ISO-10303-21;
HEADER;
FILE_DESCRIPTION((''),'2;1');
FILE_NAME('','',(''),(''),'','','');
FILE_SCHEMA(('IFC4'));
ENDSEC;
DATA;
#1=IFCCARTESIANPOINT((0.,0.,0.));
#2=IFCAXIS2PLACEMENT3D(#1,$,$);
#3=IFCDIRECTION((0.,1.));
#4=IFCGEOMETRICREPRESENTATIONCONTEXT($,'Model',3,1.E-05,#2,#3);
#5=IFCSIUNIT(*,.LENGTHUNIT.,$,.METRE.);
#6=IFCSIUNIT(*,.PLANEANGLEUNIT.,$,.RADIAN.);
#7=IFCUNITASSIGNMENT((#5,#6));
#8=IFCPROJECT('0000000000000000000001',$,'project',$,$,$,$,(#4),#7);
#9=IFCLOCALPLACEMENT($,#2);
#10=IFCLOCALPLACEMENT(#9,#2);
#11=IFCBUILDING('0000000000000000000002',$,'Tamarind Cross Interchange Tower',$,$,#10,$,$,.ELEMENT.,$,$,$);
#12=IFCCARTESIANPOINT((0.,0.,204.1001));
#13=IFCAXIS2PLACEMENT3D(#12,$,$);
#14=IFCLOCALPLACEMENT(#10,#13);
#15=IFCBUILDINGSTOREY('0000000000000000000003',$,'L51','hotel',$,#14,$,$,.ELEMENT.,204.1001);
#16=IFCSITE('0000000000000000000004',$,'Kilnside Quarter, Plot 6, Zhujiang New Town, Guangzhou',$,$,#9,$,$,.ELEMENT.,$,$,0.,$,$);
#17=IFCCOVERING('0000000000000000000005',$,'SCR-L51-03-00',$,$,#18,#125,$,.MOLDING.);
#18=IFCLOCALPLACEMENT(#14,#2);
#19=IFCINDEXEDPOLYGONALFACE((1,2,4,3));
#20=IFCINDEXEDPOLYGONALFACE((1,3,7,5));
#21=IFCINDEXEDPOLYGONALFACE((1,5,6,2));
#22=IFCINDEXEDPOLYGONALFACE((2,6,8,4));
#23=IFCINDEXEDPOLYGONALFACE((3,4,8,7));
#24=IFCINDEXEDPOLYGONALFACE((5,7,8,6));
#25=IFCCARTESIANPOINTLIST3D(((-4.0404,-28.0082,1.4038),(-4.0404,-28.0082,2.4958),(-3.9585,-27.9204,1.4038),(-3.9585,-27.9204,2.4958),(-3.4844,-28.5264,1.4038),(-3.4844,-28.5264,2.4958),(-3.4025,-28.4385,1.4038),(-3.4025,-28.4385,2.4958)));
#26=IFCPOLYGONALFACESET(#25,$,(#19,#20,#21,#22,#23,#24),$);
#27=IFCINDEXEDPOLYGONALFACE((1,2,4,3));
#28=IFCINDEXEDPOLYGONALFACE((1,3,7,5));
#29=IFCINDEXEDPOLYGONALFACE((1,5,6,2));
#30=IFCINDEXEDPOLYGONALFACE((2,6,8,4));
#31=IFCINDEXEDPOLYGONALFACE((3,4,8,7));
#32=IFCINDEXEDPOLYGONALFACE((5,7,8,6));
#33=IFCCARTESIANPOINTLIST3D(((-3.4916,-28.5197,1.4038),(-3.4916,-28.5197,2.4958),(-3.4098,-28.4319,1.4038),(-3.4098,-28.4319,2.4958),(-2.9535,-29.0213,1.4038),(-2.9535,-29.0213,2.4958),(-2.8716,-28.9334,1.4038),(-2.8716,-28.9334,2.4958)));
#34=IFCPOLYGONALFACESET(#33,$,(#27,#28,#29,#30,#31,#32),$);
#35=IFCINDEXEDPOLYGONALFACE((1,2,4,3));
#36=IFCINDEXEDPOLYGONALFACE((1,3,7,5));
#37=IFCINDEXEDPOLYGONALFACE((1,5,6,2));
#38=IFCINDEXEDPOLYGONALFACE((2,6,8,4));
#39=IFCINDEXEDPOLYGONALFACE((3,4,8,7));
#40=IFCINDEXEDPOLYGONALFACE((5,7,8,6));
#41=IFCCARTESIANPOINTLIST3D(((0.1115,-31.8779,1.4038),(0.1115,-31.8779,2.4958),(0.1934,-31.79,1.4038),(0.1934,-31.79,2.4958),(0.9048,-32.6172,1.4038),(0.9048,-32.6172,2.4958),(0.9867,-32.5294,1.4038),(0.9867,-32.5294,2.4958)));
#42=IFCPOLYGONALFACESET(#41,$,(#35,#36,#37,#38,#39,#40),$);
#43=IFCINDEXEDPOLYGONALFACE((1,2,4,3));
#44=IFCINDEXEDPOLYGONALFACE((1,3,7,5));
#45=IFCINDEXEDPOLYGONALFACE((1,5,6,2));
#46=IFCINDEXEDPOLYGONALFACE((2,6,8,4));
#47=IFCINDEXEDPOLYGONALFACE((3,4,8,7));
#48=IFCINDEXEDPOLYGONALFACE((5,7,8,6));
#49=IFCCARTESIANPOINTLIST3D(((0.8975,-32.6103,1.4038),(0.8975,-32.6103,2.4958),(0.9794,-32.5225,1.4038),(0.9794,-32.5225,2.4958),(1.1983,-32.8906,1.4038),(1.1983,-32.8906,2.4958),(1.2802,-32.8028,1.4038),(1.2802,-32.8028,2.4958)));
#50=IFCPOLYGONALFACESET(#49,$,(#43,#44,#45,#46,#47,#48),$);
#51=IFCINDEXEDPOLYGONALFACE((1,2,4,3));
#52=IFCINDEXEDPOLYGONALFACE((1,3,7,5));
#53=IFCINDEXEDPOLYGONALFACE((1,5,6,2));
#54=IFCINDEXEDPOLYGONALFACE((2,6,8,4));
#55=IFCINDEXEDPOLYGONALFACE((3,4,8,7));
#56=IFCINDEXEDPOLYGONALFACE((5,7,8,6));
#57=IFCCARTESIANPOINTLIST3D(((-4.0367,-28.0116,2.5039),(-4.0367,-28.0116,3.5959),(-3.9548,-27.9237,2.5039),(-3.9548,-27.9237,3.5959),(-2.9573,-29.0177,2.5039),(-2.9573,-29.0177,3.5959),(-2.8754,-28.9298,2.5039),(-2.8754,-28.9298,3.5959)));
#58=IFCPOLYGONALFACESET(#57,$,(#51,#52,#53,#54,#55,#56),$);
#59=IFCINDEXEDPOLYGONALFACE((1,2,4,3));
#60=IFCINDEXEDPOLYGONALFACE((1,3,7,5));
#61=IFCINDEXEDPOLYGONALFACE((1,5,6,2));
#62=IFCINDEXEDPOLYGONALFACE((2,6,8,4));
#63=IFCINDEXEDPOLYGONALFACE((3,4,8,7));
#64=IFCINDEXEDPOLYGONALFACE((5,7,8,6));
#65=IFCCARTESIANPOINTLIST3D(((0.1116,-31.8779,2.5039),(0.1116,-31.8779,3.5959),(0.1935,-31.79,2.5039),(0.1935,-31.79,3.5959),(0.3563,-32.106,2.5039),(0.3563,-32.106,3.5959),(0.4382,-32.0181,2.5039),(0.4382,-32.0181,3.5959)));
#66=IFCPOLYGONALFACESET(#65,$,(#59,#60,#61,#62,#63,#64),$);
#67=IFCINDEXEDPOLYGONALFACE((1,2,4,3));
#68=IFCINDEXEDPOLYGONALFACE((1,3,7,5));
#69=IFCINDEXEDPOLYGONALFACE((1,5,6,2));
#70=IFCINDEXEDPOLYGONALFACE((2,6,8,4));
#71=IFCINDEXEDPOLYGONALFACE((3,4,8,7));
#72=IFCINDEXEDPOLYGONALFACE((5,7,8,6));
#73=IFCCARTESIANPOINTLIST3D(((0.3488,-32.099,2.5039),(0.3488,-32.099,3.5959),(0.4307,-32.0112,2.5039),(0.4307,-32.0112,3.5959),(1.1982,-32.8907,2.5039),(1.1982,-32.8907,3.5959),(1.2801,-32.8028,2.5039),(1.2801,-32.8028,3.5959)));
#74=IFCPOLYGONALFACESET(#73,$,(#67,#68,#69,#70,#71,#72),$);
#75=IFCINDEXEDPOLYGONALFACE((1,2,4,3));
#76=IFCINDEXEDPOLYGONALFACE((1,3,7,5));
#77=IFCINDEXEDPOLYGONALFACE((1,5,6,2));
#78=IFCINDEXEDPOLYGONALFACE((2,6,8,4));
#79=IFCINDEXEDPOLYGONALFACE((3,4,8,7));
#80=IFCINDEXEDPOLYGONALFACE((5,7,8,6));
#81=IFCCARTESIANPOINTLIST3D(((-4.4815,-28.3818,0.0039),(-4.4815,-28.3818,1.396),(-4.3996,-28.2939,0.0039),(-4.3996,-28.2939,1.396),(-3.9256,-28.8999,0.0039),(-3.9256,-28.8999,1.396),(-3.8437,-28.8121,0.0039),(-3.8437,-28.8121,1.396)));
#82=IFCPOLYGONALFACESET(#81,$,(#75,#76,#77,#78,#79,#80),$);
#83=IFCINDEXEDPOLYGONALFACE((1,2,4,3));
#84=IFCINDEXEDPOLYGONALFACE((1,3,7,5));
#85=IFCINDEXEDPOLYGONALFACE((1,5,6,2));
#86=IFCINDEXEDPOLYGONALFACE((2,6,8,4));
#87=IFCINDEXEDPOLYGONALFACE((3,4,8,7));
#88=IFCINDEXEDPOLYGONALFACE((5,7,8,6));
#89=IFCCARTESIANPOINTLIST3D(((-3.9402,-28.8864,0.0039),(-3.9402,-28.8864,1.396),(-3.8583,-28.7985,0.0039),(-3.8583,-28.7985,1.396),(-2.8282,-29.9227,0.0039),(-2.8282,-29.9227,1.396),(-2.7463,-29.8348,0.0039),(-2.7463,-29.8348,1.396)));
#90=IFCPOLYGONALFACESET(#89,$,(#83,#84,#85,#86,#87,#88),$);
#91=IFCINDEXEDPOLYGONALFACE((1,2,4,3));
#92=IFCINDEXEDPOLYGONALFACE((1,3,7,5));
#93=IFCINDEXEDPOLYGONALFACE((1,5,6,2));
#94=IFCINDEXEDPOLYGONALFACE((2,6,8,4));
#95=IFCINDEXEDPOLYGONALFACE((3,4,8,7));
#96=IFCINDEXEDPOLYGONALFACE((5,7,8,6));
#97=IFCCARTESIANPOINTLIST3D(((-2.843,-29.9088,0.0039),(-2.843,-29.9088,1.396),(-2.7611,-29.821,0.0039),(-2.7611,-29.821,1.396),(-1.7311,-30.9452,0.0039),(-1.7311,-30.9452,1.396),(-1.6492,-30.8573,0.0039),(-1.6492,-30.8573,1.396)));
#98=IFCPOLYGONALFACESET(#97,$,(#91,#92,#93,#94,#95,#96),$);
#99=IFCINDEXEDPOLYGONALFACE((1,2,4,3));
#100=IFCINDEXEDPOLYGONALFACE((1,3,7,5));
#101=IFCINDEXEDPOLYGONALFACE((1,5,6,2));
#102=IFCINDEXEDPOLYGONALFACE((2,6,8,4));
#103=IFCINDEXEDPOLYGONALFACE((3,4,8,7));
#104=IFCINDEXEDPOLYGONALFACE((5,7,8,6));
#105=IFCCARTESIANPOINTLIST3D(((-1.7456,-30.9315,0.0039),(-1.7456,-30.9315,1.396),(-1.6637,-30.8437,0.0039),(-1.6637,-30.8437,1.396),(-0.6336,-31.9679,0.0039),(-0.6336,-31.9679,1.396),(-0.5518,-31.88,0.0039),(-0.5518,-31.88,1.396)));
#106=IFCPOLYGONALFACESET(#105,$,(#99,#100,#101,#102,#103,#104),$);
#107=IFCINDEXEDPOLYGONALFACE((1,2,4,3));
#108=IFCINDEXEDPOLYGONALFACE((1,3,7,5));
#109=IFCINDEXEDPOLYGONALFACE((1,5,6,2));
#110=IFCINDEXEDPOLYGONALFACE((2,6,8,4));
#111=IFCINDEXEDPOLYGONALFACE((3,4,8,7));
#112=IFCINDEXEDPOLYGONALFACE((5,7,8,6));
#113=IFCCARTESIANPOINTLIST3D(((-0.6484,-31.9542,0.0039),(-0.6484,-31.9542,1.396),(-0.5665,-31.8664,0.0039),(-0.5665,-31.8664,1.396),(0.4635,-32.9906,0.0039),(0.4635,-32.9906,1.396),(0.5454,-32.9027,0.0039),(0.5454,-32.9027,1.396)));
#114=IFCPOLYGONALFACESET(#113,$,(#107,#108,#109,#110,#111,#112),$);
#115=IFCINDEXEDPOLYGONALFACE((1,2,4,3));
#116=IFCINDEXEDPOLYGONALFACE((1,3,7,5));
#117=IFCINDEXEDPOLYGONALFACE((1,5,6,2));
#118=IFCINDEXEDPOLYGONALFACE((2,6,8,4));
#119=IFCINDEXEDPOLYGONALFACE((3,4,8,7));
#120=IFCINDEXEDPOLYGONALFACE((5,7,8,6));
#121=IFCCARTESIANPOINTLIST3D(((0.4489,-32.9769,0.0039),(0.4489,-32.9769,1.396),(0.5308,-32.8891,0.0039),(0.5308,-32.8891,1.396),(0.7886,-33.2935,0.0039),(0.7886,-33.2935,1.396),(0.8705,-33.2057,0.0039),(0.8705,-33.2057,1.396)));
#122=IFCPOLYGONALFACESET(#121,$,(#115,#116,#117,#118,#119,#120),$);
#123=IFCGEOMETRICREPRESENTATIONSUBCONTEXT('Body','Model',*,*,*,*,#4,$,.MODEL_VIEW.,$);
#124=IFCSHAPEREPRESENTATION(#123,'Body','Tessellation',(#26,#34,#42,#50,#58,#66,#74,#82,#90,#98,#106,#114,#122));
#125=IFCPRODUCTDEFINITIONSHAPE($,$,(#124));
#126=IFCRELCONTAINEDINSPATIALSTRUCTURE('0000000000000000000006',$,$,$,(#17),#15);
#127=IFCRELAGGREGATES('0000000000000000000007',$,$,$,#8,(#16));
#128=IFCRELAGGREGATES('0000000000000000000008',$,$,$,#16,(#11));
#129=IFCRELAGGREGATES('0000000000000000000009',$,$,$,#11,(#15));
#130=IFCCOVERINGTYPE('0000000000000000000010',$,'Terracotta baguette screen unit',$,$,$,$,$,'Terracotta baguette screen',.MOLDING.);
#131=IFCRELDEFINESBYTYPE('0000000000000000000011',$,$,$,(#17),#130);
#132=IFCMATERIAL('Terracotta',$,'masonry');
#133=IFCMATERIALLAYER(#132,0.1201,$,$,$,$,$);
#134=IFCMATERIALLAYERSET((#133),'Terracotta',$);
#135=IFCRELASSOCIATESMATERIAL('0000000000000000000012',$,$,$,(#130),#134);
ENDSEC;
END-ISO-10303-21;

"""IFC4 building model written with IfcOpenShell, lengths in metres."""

from ifc_helpers import new_model, si_unit, direction, frame, origin, origin_2d, place, context, subcontext, project, spatial, rectangle, extrude, material, layer, layer_set, type_object, element, save


model = new_model("IFC4")

# Units and contexts
model_context = context("Model", 3, precision=1e-05, world=origin(), true_north=direction((0.0, 1.0)))
body_context = subcontext(model_context, "Body", "Model", "MODEL_VIEW")
ifc_project = project(units=[si_unit("LENGTHUNIT", "METRE"), si_unit("PLANEANGLEUNIT", "RADIAN")], contexts=[model_context])

# Site, building, storey
site_placement = place(None, origin())
site = spatial("IfcSite", under=ifc_project, at=site_placement, Name="Kilnside Quarter, Plot 6, Zhujiang New Town, Guangzhou", CompositionType="ELEMENT", RefElevation=0.0)
building_placement = place(site_placement, origin())
building = spatial("IfcBuilding", under=site, at=building_placement, Name="Tamarind Cross Interchange Tower", CompositionType="ELEMENT")
storey_placement = place(building_placement, frame((0.0, 0.0, 204.1001)))
storey = spatial("IfcBuildingStorey", under=building, at=storey_placement, Name="L51", Description="hotel", CompositionType="ELEMENT", Elevation=204.1001)

# Covering
ifc_material_1 = material(Name="Terracotta", Category="masonry")
ifc_layer_1 = layer(ifc_material_1, 0.1201)
ifc_layer_set_1 = layer_set([ifc_layer_1], Name="Terracotta")
covering_type = type_object("IfcCoveringType", Name="Terracotta baguette screen unit", ElementType="Terracotta baguette screen", PredefinedType="MOLDING", material=ifc_layer_set_1)
covering_1_placement = place(storey_placement, origin())
element("IfcCovering", 1, at=covering_1_placement, inside=storey, type_object=covering_type, Name="SCR-L51-03-00", PredefinedType="MOLDING", context=body_context, shape_type="SweptSolid", body=[
    extrude(rectangle(XDim=0.76, YDim=0.1201, at=origin_2d()), frame((-3.7214, -28.2234, 1.4038), z_axis=(0.0, 0.0, 1.0), x_axis=(0.731544, -0.681794, 0.0)), (0.0, 0.0, 1.0), 1.092),
    extrude(rectangle(XDim=0.7356, YDim=0.1201, at=origin_2d()), frame((-3.1816, -28.7266, 1.4038), z_axis=(0.0, 0.0, 1.0), x_axis=(0.731544, -0.681794, 0.0)), (0.0, 0.0, 1.0), 1.092),
    extrude(rectangle(XDim=1.0845, YDim=0.1201, at=origin_2d()), frame((0.5491, -32.2036, 1.4038), z_axis=(0.0, 0.0, 1.0), x_axis=(0.731544, -0.681794, 0.0)), (0.0, 0.0, 1.0), 1.092),
    extrude(rectangle(XDim=0.4111, YDim=0.1201, at=origin_2d()), frame((1.0889, -32.7065, 1.4038), z_axis=(0.0, 0.0, 1.0), x_axis=(0.731544, -0.681794, 0.0)), (0.0, 0.0, 1.0), 1.092),
    extrude(rectangle(XDim=1.4756, YDim=0.1201, at=origin_2d()), frame((-3.4561, -28.4707, 2.5039), z_axis=(0.0, 0.0, 1.0), x_axis=(0.731544, -0.681794, 0.0)), (0.0, 0.0, 1.0), 1.092),
    extrude(rectangle(XDim=0.3345, YDim=0.1201, at=origin_2d()), frame((0.2749, -31.948, 2.5039), z_axis=(0.0, 0.0, 1.0), x_axis=(0.731544, -0.681794, 0.0)), (0.0, 0.0, 1.0), 1.092),
    extrude(rectangle(XDim=1.1611, YDim=0.1201, at=origin_2d()), frame((0.8145, -32.4509, 2.5039), z_axis=(0.0, 0.0, 1.0), x_axis=(0.731544, -0.681794, 0.0)), (0.0, 0.0, 1.0), 1.092),
    extrude(rectangle(XDim=0.76, YDim=0.1201, at=origin_2d()), frame((-4.1626, -28.5969, 0.0039), z_axis=(0.0, 0.0, 1.0), x_axis=(0.731544, -0.681794, 0.0)), (0.0, 0.0, 1.0), 1.3921),
    extrude(rectangle(XDim=1.52, YDim=0.1201, at=origin_2d()), frame((-3.3433, -29.3606, 0.0039), z_axis=(0.0, 0.0, 1.0), x_axis=(0.731544, -0.681794, 0.0)), (0.0, 0.0, 1.0), 1.3921),
    extrude(rectangle(XDim=1.52, YDim=0.1201, at=origin_2d()), frame((-2.2461, -30.3831, 0.0039), z_axis=(0.0, 0.0, 1.0), x_axis=(0.731544, -0.681794, 0.0)), (0.0, 0.0, 1.0), 1.3921),
    extrude(rectangle(XDim=1.52, YDim=0.1201, at=origin_2d()), frame((-1.1487, -31.4058, 0.0039), z_axis=(0.0, 0.0, 1.0), x_axis=(0.731544, -0.681794, 0.0)), (0.0, 0.0, 1.0), 1.3921),
    extrude(rectangle(XDim=1.52, YDim=0.1201, at=origin_2d()), frame((-0.0515, -32.4285, 0.0039), z_axis=(0.0, 0.0, 1.0), x_axis=(0.731544, -0.681794, 0.0)), (0.0, 0.0, 1.0), 1.3921),
    extrude(rectangle(XDim=0.4644, YDim=0.1201, at=origin_2d()), frame((0.6597, -33.0913, 0.0039), z_axis=(0.0, 0.0, 1.0), x_axis=(0.731544, -0.681794, 0.0)), (0.0, 0.0, 1.0), 1.3921),
])

save(model, "model.ifc")
